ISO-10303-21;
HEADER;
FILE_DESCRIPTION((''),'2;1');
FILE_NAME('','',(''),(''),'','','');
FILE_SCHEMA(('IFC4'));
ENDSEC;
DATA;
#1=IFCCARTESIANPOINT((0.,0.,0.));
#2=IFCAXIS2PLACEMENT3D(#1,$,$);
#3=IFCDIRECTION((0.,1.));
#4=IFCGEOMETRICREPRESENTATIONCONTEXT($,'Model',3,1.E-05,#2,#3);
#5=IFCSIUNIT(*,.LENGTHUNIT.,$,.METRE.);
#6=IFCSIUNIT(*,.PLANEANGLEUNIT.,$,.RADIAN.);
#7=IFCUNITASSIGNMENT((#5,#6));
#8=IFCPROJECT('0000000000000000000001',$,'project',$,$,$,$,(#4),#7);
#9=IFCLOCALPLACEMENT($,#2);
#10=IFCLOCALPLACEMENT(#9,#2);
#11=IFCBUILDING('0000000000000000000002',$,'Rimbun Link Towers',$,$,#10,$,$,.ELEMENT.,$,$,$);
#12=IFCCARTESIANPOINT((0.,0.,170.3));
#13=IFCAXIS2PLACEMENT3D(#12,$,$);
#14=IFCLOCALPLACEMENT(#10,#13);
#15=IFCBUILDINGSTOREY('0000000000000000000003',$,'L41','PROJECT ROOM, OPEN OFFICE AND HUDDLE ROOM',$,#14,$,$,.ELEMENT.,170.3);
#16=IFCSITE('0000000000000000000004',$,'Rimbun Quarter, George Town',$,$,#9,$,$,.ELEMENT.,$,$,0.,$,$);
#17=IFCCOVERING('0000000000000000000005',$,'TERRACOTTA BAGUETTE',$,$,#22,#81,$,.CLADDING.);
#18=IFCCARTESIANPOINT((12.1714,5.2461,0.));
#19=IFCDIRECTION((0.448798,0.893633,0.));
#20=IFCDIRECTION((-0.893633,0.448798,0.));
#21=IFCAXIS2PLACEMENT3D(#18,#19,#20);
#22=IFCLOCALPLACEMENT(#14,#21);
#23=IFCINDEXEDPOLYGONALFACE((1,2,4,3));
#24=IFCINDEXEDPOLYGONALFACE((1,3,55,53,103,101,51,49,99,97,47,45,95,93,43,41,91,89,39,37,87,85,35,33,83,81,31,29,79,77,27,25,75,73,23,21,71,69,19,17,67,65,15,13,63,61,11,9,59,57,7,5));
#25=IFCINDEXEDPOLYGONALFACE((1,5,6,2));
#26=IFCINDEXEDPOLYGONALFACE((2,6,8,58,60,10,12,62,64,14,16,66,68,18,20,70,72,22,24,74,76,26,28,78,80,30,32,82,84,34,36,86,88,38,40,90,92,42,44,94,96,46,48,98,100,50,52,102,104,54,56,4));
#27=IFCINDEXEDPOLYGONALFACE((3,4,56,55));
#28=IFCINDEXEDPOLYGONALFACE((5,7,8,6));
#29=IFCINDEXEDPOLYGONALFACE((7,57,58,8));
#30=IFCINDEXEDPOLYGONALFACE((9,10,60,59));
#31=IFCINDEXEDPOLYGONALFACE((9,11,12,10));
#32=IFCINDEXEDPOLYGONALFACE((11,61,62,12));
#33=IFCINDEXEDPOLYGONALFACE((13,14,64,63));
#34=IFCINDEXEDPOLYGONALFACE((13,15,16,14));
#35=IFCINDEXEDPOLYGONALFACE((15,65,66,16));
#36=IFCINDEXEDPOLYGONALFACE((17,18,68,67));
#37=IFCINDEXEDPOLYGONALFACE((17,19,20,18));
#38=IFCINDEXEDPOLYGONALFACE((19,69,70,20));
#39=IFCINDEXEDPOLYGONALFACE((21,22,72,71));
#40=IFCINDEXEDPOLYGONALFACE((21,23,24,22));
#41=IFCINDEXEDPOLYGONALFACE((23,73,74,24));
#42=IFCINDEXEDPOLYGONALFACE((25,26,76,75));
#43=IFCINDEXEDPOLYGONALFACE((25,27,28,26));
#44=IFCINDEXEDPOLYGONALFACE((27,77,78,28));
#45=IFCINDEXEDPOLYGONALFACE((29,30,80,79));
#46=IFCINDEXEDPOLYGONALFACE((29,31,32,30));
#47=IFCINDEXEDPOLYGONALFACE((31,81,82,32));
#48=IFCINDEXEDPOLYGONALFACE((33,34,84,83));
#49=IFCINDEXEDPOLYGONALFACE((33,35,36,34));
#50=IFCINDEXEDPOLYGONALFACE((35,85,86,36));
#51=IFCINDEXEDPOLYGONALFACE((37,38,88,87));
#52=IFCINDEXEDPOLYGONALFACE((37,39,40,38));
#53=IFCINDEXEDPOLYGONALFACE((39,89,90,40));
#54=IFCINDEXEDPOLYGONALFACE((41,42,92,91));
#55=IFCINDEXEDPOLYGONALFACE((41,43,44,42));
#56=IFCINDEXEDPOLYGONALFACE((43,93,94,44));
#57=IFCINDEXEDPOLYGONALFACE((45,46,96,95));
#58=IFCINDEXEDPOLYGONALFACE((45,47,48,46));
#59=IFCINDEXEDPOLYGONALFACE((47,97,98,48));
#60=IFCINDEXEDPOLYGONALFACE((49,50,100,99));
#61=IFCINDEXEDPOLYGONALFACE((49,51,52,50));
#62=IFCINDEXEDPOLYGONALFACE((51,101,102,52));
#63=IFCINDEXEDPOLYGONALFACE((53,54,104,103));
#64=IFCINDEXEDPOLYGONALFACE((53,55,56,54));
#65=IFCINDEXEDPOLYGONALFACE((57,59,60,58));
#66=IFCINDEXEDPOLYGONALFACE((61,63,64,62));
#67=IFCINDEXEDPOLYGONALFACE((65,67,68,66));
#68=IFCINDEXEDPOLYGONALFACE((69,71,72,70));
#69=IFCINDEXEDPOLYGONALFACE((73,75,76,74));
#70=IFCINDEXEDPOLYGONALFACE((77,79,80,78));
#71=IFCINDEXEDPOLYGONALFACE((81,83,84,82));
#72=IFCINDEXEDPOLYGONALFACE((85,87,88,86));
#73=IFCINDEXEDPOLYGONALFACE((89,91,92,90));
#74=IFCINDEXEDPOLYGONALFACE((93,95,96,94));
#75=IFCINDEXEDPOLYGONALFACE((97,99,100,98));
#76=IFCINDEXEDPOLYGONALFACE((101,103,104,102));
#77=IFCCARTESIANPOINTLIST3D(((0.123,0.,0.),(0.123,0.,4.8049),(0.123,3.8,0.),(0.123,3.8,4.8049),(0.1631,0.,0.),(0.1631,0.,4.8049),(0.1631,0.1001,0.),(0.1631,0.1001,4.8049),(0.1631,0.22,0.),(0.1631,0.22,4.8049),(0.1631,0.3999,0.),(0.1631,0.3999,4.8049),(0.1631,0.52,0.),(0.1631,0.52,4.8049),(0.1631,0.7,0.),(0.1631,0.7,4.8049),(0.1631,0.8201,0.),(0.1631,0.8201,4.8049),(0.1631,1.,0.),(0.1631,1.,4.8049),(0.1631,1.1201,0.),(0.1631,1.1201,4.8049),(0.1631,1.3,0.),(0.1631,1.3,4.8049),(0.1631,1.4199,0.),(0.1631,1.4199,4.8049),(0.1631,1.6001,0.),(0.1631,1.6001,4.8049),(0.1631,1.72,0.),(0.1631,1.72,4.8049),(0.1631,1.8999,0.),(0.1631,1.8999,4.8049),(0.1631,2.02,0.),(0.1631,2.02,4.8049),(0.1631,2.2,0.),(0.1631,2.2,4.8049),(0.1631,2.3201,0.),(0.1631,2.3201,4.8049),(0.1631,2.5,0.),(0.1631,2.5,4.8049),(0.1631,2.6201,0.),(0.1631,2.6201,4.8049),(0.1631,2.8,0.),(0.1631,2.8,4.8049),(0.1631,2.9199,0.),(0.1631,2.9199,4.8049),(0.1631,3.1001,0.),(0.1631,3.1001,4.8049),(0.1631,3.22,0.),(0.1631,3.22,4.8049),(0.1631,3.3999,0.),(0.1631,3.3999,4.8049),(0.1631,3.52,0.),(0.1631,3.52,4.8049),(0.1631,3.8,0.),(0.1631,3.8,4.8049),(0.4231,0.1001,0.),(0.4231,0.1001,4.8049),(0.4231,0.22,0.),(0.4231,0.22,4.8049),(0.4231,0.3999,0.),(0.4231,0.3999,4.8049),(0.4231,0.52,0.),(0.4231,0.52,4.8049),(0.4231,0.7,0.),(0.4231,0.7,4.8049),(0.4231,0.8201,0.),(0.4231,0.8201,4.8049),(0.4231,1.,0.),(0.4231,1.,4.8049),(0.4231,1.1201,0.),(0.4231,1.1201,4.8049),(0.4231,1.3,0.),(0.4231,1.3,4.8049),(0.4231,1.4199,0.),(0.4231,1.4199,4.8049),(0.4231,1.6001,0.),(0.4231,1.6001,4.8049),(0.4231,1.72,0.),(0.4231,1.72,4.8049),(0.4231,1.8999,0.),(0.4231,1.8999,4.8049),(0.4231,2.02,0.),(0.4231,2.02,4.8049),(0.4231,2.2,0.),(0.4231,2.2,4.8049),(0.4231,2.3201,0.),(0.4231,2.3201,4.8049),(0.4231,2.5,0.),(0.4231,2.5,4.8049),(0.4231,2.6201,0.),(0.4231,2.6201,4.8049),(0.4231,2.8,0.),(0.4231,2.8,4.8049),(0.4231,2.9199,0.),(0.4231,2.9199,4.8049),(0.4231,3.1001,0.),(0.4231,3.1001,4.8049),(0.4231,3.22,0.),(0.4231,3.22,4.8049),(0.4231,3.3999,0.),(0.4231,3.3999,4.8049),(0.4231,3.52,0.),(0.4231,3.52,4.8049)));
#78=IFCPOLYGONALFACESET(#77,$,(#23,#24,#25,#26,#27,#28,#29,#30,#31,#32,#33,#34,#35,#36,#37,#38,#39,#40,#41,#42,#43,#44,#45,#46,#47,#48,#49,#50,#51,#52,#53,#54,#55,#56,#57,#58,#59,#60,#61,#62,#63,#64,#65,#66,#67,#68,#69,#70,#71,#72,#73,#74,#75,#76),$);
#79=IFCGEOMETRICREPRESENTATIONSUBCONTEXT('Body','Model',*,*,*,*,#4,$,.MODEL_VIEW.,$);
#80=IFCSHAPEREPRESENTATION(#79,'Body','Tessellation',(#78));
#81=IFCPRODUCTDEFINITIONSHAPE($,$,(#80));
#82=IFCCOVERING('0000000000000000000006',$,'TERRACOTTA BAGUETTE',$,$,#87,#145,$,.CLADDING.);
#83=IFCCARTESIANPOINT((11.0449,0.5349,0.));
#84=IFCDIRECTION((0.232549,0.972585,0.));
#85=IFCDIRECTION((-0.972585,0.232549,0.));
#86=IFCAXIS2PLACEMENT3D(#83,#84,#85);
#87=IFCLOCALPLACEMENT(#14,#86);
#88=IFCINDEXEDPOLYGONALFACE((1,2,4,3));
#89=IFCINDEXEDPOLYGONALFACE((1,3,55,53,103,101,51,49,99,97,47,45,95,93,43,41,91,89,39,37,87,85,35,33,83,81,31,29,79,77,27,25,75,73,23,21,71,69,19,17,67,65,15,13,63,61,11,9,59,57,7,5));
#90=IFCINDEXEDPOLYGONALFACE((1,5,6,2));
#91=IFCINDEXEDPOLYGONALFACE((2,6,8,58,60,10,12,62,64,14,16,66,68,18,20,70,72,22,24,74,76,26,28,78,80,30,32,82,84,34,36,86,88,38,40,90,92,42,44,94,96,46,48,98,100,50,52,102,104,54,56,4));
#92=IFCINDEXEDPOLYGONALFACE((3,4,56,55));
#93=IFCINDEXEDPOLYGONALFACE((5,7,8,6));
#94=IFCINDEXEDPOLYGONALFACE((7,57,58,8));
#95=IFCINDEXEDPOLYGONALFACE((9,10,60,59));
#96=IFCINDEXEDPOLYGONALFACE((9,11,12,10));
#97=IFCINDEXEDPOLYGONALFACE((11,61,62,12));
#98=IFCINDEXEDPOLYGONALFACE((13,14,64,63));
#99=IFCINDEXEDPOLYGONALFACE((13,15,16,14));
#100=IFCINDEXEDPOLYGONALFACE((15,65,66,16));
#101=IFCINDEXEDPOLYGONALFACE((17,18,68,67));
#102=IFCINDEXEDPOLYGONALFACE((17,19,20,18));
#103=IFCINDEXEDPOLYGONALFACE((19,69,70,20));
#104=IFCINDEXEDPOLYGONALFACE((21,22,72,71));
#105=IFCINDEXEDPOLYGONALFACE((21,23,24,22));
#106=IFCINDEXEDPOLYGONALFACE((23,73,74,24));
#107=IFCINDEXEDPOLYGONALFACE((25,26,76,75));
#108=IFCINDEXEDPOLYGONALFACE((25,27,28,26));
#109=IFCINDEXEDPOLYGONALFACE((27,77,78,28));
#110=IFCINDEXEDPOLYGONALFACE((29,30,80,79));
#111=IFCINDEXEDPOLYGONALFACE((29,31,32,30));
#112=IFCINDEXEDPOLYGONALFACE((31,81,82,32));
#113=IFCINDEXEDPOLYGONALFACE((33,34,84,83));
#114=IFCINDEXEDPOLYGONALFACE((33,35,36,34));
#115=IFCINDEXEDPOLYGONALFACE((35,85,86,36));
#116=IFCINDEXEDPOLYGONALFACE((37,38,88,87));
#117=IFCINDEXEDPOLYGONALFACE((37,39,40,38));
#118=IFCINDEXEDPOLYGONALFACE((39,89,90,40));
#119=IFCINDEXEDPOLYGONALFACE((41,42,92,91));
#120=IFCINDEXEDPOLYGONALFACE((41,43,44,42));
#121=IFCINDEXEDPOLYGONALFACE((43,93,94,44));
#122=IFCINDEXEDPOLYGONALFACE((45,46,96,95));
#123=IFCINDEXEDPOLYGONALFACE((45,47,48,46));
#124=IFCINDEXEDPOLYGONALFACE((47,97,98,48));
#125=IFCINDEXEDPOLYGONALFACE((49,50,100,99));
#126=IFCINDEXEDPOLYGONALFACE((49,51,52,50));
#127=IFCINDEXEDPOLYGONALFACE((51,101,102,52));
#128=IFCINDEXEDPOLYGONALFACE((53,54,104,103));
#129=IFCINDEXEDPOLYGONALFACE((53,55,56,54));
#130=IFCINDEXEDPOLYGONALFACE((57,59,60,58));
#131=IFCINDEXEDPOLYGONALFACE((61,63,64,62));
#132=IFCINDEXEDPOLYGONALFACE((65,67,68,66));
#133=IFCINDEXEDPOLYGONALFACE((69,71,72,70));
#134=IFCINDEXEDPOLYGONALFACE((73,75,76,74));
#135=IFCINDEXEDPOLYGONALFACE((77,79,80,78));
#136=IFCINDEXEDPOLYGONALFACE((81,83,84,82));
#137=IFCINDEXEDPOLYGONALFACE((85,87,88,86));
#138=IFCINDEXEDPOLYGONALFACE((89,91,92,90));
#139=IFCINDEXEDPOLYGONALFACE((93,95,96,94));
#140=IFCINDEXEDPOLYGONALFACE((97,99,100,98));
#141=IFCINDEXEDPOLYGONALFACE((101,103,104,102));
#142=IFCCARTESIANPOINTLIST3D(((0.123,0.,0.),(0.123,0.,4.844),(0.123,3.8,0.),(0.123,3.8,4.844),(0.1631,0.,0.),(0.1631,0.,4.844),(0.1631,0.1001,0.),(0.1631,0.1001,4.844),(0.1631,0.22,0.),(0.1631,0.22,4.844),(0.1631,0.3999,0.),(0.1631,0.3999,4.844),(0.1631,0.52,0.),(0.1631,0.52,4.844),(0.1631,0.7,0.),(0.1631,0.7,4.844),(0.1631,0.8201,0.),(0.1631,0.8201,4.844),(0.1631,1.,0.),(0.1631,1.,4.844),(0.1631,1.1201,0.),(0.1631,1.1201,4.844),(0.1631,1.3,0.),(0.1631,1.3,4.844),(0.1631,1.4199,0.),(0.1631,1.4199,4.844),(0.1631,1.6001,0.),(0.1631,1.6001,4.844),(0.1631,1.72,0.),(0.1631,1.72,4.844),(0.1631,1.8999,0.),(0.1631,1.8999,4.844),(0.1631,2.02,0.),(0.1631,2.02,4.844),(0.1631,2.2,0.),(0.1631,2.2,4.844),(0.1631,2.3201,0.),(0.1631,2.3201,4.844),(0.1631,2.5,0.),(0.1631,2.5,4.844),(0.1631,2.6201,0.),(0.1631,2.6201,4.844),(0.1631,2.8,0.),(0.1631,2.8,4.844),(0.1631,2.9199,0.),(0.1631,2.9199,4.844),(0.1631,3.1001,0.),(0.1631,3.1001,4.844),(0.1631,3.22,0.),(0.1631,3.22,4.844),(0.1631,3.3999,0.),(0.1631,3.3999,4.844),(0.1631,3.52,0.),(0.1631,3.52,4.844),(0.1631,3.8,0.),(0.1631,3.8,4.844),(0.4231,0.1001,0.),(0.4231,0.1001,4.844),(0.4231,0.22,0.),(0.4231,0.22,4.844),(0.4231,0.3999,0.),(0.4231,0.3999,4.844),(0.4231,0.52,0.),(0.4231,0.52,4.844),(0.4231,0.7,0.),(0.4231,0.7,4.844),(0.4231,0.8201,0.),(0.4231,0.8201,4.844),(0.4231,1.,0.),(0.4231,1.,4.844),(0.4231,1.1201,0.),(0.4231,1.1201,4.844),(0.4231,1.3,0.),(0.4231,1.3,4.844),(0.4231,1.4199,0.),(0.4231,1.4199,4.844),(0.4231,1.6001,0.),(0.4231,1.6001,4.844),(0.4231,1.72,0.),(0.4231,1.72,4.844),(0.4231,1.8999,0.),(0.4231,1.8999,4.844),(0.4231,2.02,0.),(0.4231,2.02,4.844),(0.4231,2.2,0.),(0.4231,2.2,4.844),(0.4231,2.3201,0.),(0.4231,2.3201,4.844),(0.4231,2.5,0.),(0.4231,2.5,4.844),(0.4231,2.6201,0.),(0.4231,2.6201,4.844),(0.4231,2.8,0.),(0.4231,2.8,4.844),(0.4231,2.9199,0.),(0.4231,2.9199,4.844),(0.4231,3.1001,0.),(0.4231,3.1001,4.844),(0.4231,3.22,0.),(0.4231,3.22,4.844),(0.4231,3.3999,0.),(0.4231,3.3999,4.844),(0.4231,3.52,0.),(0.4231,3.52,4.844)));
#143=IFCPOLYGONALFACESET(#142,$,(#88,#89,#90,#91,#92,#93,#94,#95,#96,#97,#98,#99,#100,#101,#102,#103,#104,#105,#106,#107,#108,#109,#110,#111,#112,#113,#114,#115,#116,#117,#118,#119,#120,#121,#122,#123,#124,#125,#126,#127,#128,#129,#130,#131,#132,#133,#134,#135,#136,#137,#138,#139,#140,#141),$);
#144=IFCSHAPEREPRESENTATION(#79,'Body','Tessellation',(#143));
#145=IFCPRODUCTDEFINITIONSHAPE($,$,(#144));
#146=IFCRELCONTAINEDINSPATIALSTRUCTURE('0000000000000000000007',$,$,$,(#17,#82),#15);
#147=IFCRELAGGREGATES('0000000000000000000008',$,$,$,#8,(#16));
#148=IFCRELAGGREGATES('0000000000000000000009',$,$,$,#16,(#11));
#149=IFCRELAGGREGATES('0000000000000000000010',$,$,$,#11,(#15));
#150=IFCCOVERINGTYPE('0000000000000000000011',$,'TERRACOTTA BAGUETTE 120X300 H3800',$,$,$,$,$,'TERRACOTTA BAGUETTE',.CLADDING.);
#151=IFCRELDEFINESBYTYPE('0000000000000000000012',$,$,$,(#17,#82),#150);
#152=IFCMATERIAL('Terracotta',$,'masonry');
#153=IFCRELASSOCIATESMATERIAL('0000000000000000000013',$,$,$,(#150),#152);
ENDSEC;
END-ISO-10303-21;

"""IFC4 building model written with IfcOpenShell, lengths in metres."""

from ifc_helpers import new_model, si_unit, direction, frame, origin, place, context, subcontext, project, spatial, polyline, outline, extrude, material, material_profile, profile_set, type_object, element, save


model = new_model("IFC4")

# Units and contexts
model_context = context("Model", 3, precision=1e-05, world=origin(), true_north=direction((0.0, 1.0)))
body_context = subcontext(model_context, "Body", "Model", "MODEL_VIEW")
ifc_project = project(units=[si_unit("LENGTHUNIT", "METRE"), si_unit("PLANEANGLEUNIT", "RADIAN")], contexts=[model_context])

# Site, building, storey
site_placement = place(None, origin())
site = spatial("IfcSite", under=ifc_project, at=site_placement, Name="Rimbun Quarter, George Town", CompositionType="ELEMENT", RefElevation=0.0)
building_placement = place(site_placement, origin())
building = spatial("IfcBuilding", under=site, at=building_placement, Name="Rimbun Link Towers", CompositionType="ELEMENT")
storey_placement = place(building_placement, frame((0.0, 0.0, 170.3)))
storey = spatial("IfcBuildingStorey", under=building, at=storey_placement, Name="L41", Description="PROJECT ROOM, OPEN OFFICE AND HUDDLE ROOM", CompositionType="ELEMENT", Elevation=170.3)

# Coverings
ifc_material_1 = material(Name="Terracotta", Category="masonry")
ifc_material_profile_1 = material_profile(ifc_material_1, outline(polyline([(0.123, 0.0), (0.1631, 0.0), (0.1631, 0.1001), (0.4231, 0.1001), (0.4231, 0.22), (0.1631, 0.22), (0.1631, 0.3999), (0.4231, 0.3999), (0.4231, 0.52), (0.1631, 0.52), (0.1631, 0.7), (0.4231, 0.7), (0.4231, 0.8201), (0.1631, 0.8201), (0.1631, 1.0), (0.4231, 1.0), (0.4231, 1.1201), (0.1631, 1.1201), (0.1631, 1.3), (0.4231, 1.3), (0.4231, 1.4199), (0.1631, 1.4199), (0.1631, 1.6001), (0.4231, 1.6001), (0.4231, 1.72), (0.1631, 1.72), (0.1631, 1.8999), (0.4231, 1.8999), (0.4231, 2.02), (0.1631, 2.02), (0.1631, 2.2), (0.4231, 2.2), (0.4231, 2.3201), (0.1631, 2.3201), (0.1631, 2.5), (0.4231, 2.5), (0.4231, 2.6201), (0.1631, 2.6201), (0.1631, 2.8), (0.4231, 2.8), (0.4231, 2.9199), (0.1631, 2.9199), (0.1631, 3.1001), (0.4231, 3.1001), (0.4231, 3.22), (0.1631, 3.22), (0.1631, 3.3999), (0.4231, 3.3999), (0.4231, 3.52), (0.1631, 3.52), (0.1631, 3.8), (0.123, 3.8), (0.123, 0.0)])), Name="BAGUETTE 120X300")
ifc_profile_set_1 = profile_set([ifc_material_profile_1], Name="Terracotta")
covering_type = type_object("IfcCoveringType", Name="TERRACOTTA BAGUETTE 120X300 H3800", ElementType="TERRACOTTA BAGUETTE", PredefinedType="CLADDING", material=ifc_profile_set_1)
covering_1_placement = place(storey_placement, frame((12.1714, 5.2461, 0.0), z_axis=(0.448798, 0.893633, 0.0), x_axis=(-0.893633, 0.448798, 0.0)))
element("IfcCovering", 1, at=covering_1_placement, inside=storey, type_object=covering_type, Name="TERRACOTTA BAGUETTE", PredefinedType="CLADDING", context=body_context, shape_type="SweptSolid", body=[
    extrude(outline(polyline([(0.123, 0.0), (0.1631, 0.0), (0.1631, 0.1001), (0.4231, 0.1001), (0.4231, 0.22), (0.1631, 0.22), (0.1631, 0.3999), (0.4231, 0.3999), (0.4231, 0.52), (0.1631, 0.52), (0.1631, 0.7), (0.4231, 0.7), (0.4231, 0.8201), (0.1631, 0.8201), (0.1631, 1.0), (0.4231, 1.0), (0.4231, 1.1201), (0.1631, 1.1201), (0.1631, 1.3), (0.4231, 1.3), (0.4231, 1.4199), (0.1631, 1.4199), (0.1631, 1.6001), (0.4231, 1.6001), (0.4231, 1.72), (0.1631, 1.72), (0.1631, 1.8999), (0.4231, 1.8999), (0.4231, 2.02), (0.1631, 2.02), (0.1631, 2.2), (0.4231, 2.2), (0.4231, 2.3201), (0.1631, 2.3201), (0.1631, 2.5), (0.4231, 2.5), (0.4231, 2.6201), (0.1631, 2.6201), (0.1631, 2.8), (0.4231, 2.8), (0.4231, 2.9199), (0.1631, 2.9199), (0.1631, 3.1001), (0.4231, 3.1001), (0.4231, 3.22), (0.1631, 3.22), (0.1631, 3.3999), (0.4231, 3.3999), (0.4231, 3.52), (0.1631, 3.52), (0.1631, 3.8), (0.123, 3.8), (0.123, 0.0)])), origin(), (0.0, 0.0, 1.0), 4.8049),
])
covering_2_placement = place(storey_placement, frame((11.0449, 0.5349, 0.0), z_axis=(0.232549, 0.972585, 0.0), x_axis=(-0.972585, 0.232549, 0.0)))
element("IfcCovering", 2, at=covering_2_placement, inside=storey, type_object=covering_type, Name="TERRACOTTA BAGUETTE", PredefinedType="CLADDING", context=body_context, shape_type="SweptSolid", body=[
    extrude(outline(polyline([(0.123, 0.0), (0.1631, 0.0), (0.1631, 0.1001), (0.4231, 0.1001), (0.4231, 0.22), (0.1631, 0.22), (0.1631, 0.3999), (0.4231, 0.3999), (0.4231, 0.52), (0.1631, 0.52), (0.1631, 0.7), (0.4231, 0.7), (0.4231, 0.8201), (0.1631, 0.8201), (0.1631, 1.0), (0.4231, 1.0), (0.4231, 1.1201), (0.1631, 1.1201), (0.1631, 1.3), (0.4231, 1.3), (0.4231, 1.4199), (0.1631, 1.4199), (0.1631, 1.6001), (0.4231, 1.6001), (0.4231, 1.72), (0.1631, 1.72), (0.1631, 1.8999), (0.4231, 1.8999), (0.4231, 2.02), (0.1631, 2.02), (0.1631, 2.2), (0.4231, 2.2), (0.4231, 2.3201), (0.1631, 2.3201), (0.1631, 2.5), (0.4231, 2.5), (0.4231, 2.6201), (0.1631, 2.6201), (0.1631, 2.8), (0.4231, 2.8), (0.4231, 2.9199), (0.1631, 2.9199), (0.1631, 3.1001), (0.4231, 3.1001), (0.4231, 3.22), (0.1631, 3.22), (0.1631, 3.3999), (0.4231, 3.3999), (0.4231, 3.52), (0.1631, 3.52), (0.1631, 3.8), (0.123, 3.8), (0.123, 0.0)])), origin(), (0.0, 0.0, 1.0), 4.844),
])

save(model, "model.ifc")
